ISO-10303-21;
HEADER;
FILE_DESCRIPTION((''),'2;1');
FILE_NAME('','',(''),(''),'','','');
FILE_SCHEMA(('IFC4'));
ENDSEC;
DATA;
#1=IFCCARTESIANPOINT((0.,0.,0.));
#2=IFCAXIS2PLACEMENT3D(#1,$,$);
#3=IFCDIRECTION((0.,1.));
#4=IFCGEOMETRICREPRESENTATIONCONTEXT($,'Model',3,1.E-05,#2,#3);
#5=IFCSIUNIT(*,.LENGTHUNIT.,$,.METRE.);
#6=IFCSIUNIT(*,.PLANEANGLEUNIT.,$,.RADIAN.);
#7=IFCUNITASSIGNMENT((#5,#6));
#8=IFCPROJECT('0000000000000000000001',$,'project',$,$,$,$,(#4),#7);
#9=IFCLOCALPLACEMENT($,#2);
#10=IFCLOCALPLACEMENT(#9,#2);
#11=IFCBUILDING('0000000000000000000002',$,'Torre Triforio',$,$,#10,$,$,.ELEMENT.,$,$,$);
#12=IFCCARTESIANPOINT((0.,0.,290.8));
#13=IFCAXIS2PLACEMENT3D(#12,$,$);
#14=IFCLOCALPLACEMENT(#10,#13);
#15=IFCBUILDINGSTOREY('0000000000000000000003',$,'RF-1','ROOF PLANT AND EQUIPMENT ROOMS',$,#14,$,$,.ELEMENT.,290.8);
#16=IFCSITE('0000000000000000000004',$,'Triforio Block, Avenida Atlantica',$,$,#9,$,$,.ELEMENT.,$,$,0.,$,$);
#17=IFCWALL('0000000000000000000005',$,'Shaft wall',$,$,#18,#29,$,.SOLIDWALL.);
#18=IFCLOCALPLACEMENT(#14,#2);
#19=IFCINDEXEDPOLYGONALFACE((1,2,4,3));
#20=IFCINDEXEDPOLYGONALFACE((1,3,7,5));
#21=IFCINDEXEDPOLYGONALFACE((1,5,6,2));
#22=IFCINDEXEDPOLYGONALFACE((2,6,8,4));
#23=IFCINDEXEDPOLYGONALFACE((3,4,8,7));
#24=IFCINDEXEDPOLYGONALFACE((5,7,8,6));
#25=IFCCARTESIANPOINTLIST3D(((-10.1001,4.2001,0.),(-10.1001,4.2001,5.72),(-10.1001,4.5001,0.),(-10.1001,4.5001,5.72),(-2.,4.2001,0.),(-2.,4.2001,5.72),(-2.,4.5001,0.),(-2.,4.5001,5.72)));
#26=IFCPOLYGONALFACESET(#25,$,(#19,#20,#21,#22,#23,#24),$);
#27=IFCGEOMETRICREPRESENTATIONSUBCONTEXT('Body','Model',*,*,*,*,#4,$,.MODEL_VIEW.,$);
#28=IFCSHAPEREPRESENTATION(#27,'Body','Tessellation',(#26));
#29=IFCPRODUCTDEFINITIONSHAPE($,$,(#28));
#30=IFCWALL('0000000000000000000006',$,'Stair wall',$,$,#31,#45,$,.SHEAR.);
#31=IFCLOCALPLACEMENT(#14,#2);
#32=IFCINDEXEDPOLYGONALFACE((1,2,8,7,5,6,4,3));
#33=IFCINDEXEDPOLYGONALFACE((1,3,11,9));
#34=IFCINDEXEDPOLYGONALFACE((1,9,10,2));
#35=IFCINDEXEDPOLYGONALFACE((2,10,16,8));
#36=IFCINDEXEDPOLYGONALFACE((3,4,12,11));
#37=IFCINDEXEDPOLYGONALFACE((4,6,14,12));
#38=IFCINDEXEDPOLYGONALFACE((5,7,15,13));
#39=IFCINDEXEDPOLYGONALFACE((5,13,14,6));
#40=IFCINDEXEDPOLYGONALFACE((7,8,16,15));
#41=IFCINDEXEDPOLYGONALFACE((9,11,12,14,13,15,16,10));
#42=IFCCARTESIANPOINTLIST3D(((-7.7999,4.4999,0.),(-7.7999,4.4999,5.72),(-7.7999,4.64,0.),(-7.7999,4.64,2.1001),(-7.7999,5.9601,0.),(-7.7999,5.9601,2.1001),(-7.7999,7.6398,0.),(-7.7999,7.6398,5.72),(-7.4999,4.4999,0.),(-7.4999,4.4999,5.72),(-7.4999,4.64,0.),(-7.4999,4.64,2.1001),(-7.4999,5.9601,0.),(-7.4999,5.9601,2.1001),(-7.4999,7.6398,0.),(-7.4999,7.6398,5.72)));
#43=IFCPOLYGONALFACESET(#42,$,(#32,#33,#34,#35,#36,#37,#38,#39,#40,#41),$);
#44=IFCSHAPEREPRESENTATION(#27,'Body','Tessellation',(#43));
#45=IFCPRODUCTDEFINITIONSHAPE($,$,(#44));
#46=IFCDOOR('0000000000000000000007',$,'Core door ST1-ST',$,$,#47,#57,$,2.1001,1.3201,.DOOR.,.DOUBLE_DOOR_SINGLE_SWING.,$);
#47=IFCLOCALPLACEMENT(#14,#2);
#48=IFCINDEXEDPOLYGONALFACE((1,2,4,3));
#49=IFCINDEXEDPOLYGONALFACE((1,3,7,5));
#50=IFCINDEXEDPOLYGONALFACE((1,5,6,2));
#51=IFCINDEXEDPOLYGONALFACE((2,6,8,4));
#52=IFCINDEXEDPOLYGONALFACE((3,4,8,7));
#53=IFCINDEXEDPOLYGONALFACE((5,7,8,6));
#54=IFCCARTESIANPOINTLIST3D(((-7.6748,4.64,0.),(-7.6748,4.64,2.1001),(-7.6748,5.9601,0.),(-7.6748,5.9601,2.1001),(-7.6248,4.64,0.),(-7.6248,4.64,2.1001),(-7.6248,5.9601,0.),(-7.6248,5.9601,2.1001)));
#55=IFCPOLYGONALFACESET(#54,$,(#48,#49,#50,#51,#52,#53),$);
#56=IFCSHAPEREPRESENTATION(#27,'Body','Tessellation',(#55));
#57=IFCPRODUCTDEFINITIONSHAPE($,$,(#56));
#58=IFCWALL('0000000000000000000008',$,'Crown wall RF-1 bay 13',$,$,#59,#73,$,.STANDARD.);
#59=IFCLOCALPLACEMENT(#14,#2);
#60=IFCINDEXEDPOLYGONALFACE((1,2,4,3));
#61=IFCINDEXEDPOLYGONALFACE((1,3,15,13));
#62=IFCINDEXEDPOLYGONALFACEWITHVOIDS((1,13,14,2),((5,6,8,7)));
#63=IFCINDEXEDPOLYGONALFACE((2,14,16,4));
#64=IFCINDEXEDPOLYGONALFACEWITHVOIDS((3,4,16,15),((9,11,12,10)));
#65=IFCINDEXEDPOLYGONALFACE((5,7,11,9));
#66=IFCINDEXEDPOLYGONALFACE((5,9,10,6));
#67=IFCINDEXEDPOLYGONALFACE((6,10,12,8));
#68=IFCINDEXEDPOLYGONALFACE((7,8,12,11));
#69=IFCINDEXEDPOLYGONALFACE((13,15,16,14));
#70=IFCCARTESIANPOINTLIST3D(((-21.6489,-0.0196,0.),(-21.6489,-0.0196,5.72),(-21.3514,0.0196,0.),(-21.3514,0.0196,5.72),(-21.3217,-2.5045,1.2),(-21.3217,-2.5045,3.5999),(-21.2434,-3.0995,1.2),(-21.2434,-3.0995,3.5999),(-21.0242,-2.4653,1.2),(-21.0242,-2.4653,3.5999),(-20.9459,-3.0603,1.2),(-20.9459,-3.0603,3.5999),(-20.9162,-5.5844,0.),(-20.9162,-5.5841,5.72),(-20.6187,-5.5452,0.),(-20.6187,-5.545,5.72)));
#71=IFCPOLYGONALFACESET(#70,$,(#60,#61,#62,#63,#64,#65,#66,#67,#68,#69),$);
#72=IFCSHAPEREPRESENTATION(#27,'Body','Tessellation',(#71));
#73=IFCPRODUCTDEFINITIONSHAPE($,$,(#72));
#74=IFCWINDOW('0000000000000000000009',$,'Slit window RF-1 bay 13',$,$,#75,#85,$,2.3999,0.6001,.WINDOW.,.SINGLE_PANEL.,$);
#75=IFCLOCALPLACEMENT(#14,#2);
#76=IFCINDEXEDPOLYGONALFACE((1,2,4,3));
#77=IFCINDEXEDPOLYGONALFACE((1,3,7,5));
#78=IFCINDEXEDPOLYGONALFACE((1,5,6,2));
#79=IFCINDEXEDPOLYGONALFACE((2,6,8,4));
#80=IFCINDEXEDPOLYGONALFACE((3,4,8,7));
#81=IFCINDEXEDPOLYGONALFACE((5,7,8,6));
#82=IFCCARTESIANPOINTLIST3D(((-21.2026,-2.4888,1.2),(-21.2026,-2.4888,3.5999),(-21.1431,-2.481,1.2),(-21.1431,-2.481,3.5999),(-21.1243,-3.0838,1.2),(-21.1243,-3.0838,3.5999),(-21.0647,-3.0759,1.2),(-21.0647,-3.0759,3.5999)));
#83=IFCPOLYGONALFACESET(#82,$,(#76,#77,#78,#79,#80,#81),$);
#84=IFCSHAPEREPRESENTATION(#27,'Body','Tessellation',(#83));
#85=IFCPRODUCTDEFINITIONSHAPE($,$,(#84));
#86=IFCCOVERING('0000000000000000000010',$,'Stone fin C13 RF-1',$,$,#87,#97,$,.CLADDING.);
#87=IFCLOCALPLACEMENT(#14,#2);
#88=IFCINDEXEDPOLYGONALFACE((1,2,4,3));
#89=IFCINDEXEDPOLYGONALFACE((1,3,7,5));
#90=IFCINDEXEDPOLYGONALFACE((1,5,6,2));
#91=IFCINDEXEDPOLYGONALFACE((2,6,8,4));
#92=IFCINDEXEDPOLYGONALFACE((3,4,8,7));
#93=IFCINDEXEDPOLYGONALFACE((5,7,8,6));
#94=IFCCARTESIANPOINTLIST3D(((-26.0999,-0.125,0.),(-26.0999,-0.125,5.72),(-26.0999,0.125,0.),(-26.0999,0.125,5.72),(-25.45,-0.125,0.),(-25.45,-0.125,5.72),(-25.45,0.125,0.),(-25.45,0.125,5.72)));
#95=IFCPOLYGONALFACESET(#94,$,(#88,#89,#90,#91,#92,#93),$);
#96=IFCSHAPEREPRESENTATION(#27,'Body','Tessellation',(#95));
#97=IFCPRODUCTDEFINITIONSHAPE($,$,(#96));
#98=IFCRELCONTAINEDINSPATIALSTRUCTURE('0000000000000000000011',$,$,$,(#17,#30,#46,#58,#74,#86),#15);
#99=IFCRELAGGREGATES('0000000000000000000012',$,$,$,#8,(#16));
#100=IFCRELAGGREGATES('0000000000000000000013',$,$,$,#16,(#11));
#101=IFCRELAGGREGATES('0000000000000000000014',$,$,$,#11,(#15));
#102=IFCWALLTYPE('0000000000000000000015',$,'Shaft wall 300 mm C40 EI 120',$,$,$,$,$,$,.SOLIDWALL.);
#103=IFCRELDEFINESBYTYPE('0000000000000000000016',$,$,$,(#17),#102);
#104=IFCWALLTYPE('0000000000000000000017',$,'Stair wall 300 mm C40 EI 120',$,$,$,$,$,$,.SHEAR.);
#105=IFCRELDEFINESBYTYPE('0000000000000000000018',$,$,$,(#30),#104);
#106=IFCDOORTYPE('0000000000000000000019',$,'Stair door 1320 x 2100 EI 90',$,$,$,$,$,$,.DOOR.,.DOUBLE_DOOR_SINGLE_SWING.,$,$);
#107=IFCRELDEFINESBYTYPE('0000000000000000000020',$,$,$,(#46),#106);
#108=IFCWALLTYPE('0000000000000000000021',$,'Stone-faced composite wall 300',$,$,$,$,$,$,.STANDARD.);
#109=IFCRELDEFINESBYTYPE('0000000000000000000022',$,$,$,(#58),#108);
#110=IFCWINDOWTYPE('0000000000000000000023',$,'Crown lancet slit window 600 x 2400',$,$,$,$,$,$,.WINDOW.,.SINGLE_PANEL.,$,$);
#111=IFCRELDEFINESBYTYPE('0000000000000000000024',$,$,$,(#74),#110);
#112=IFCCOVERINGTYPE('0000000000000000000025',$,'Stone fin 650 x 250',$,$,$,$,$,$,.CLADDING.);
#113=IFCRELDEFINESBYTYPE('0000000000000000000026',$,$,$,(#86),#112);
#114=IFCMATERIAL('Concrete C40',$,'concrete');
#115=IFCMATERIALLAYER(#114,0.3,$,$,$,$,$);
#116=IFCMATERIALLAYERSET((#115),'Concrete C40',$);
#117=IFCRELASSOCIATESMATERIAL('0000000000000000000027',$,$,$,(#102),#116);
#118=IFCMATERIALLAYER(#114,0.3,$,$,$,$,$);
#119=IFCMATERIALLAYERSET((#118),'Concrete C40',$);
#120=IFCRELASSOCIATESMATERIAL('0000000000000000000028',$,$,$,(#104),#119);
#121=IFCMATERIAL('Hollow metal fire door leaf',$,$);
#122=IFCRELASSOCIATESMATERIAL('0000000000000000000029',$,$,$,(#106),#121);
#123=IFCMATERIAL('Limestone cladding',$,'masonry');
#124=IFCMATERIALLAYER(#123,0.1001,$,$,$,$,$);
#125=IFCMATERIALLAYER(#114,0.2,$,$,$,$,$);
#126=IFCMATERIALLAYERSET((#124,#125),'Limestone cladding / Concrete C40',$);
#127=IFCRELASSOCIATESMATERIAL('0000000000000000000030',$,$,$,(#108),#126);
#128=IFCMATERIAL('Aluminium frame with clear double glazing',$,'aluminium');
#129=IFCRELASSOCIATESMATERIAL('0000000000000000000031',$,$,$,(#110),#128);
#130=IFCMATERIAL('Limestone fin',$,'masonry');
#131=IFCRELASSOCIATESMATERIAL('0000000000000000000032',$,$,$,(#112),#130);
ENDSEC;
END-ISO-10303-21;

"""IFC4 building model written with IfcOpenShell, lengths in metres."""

from ifc_helpers import new_model, si_unit, direction, frame, frame_2d, origin, origin_2d, place, context, subcontext, project, spatial, polyline, rectangle, outline, extrude, material, layer, layer_set, material_profile, profile_set, type_object, element, fill, save


model = new_model("IFC4")

# Units and contexts
model_context = context("Model", 3, precision=1e-05, world=origin(), true_north=direction((0.0, 1.0)))
body_context = subcontext(model_context, "Body", "Model", "MODEL_VIEW")
ifc_project = project(units=[si_unit("LENGTHUNIT", "METRE"), si_unit("PLANEANGLEUNIT", "RADIAN")], contexts=[model_context])

# Site, building, storey
site_placement = place(None, origin())
site = spatial("IfcSite", under=ifc_project, at=site_placement, Name="Triforio Block, Avenida Atlantica", CompositionType="ELEMENT", RefElevation=0.0)
building_placement = place(site_placement, origin())
building = spatial("IfcBuilding", under=site, at=building_placement, Name="Torre Triforio", CompositionType="ELEMENT")
storey_placement = place(building_placement, frame((0.0, 0.0, 290.8)))
storey = spatial("IfcBuildingStorey", under=building, at=storey_placement, Name="RF-1", Description="ROOF PLANT AND EQUIPMENT ROOMS", CompositionType="ELEMENT", Elevation=290.8)

# Shared definitions
ifc_material_1 = material(Name="Concrete C40", Category="concrete")

# Shared definitions
ifc_material_2 = material(Name="Hollow metal fire door leaf")

# Wall
ifc_layer_1 = layer(ifc_material_1, 0.3)
ifc_layer_set_1 = layer_set([ifc_layer_1], Name="Concrete C40")
wall_type_1 = type_object("IfcWallType", Name="Shaft wall 300 mm C40 EI 120", PredefinedType="SOLIDWALL", material=ifc_layer_set_1)
wall_1_placement = place(storey_placement, frame((-10.1001, 4.3501, 0.0), z_axis=(0.0, 0.0, 1.0), x_axis=(1.0, 0.0, 0.0)))
element("IfcWall", 1, at=wall_1_placement, inside=storey, type_object=wall_type_1, Name="Shaft wall", PredefinedType="SOLIDWALL", context=body_context, shape_type="SweptSolid", body=[
    extrude(rectangle(XDim=8.1001, YDim=0.3, at=frame_2d((4.05, 0.0))), origin(), (0.0, 0.0, 1.0), 5.72),
])

# Wall, opening, door
ifc_layer_2 = layer(ifc_material_1, 0.3)
ifc_layer_set_2 = layer_set([ifc_layer_2], Name="Concrete C40")
wall_type_2 = type_object("IfcWallType", Name="Stair wall 300 mm C40 EI 120", PredefinedType="SHEAR", material=ifc_layer_set_2)
wall_2_placement = place(storey_placement, frame((-7.6499, 4.5, 0.0), z_axis=(0.0, 0.0, 1.0), x_axis=(0.0, 1.0, 0.0)))
wall_2 = element("IfcWall", 2, at=wall_2_placement, inside=storey, type_object=wall_type_2, Name="Stair wall", PredefinedType="SHEAR", context=body_context, shape_type="SweptSolid", body=[
    extrude(rectangle(XDim=3.1399, YDim=0.3, at=frame_2d((1.5698, 0.0))), origin(), (0.0, 0.0, 1.0), 5.72),
])
opening_1_placement = place(wall_2_placement, frame((0.1399, 0.0, 0.0)))
opening_1 = element("IfcOpeningElement", 3, at=opening_1_placement, cuts=wall_2, PredefinedType="OPENING", context=body_context, shape_type="SweptSolid", body=[
    extrude(rectangle(XDim=1.3201, YDim=2.1001, at=frame_2d((0.6602, 1.05))), frame((0.0, 0.1599, 0.0), z_axis=(0.0, -1.0, 0.0), x_axis=(1.0, 0.0, 0.0)), (0.0, 0.0, 1.0), 0.3201),
])
door_type_1 = type_object("IfcDoorType", Name="Stair door 1320 x 2100 EI 90", OperationType="DOUBLE_DOOR_SINGLE_SWING", PredefinedType="DOOR", material=ifc_material_2)
door_1_placement = place(opening_1_placement, origin())
door_1 = element("IfcDoor", 4, at=door_1_placement, inside=storey, type_object=door_type_1, Name="Core door ST1-ST", OperationType="DOUBLE_DOOR_SINGLE_SWING", OverallHeight=2.1001, OverallWidth=1.3201, PredefinedType="DOOR", context=body_context, shape_type="SweptSolid", body=[
    extrude(rectangle(XDim=1.3201, YDim=2.1001, at=frame_2d((0.6602, 1.05))), frame((0.0, 0.0249, 0.0), z_axis=(0.0, -1.0, 0.0), x_axis=(1.0, 0.0, 0.0)), (0.0, 0.0, 1.0), 0.05),
])
fill(opening_1, door_1)

# Wall, opening, window
ifc_material_3 = material(Name="Limestone cladding", Category="masonry")
ifc_layer_3 = layer(ifc_material_3, 0.1001)
ifc_layer_4 = layer(ifc_material_1, 0.2)
ifc_layer_set_3 = layer_set([ifc_layer_3, ifc_layer_4], Name="Limestone cladding / Concrete C40")
wall_type_3 = type_object("IfcWallType", Name="Stone-faced composite wall 300", PredefinedType="STANDARD", material=ifc_layer_set_3)
wall_3_placement = place(storey_placement, frame((-21.5, 0.0, 0.0), z_axis=(0.0, 0.0, 1.0), x_axis=(0.130537, -0.991443, 0.0)))
wall_3 = element("IfcWall", 5, at=wall_3_placement, inside=storey, type_object=wall_type_3, Name="Crown wall RF-1 bay 13", PredefinedType="STANDARD", context=body_context, shape_type="SweptSolid", body=[
    extrude(outline(polyline([(0.0, 0.0), (5.6128, 0.0), (5.6125, 5.72), (0.0, 5.72), (0.0, 0.0)])), frame((0.0, 0.1499, 0.0), z_axis=(0.0, -1.0, 0.0), x_axis=(1.0, 0.0, 0.0)), (0.0, 0.0, 1.0), 0.3),
])
opening_2_placement = place(wall_3_placement, frame((2.5063, 0.0, 1.2)))
opening_2 = element("IfcOpeningElement", 6, at=opening_2_placement, cuts=wall_3, PredefinedType="OPENING", context=body_context, shape_type="SweptSolid", body=[
    extrude(rectangle(XDim=0.6001, YDim=2.3999, at=frame_2d((0.3, 1.2))), frame((0.0, 0.1599, 0.0), z_axis=(0.0, -1.0, 0.0), x_axis=(1.0, 0.0, 0.0)), (0.0, 0.0, 1.0), 0.3201),
])
ifc_material_4 = material(Name="Aluminium frame with clear double glazing", Category="aluminium")
window_type = type_object("IfcWindowType", Name="Crown lancet slit window 600 x 2400", PartitioningType="SINGLE_PANEL", PredefinedType="WINDOW", material=ifc_material_4)
window_placement = place(opening_2_placement, origin())
window = element("IfcWindow", 7, at=window_placement, inside=storey, type_object=window_type, Name="Slit window RF-1 bay 13", OverallHeight=2.3999, OverallWidth=0.6001, PartitioningType="SINGLE_PANEL", PredefinedType="WINDOW", context=body_context, shape_type="SweptSolid", body=[
    extrude(rectangle(XDim=0.6001, YDim=2.3999, at=frame_2d((0.3, 1.2))), frame((0.0, 0.03, 0.0), z_axis=(0.0, -1.0, 0.0), x_axis=(1.0, 0.0, 0.0)), (0.0, 0.0, 1.0), 0.0601),
])
fill(opening_2, window)

# Covering
ifc_material_5 = material(Name="Limestone fin", Category="masonry")
ifc_material_profile_1 = material_profile(ifc_material_5, rectangle(XDim=0.6499, YDim=0.25, at=origin_2d()), Name="FIN 650x250")
ifc_profile_set_1 = profile_set([ifc_material_profile_1], Name="Limestone fin")
covering_type = type_object("IfcCoveringType", Name="Stone fin 650 x 250", PredefinedType="CLADDING", material=ifc_profile_set_1)
covering_placement = place(storey_placement, frame((-25.7749, 0.0, 0.0), z_axis=(0.0, 0.0, 1.0), x_axis=(-1.0, 0.0, 0.0)))
element("IfcCovering", 8, at=covering_placement, inside=storey, type_object=covering_type, Name="Stone fin C13 RF-1", PredefinedType="CLADDING", context=body_context, shape_type="SweptSolid", body=[
    extrude(rectangle(XDim=0.6499, YDim=0.25, at=origin_2d()), origin(), (0.0, 0.0, 1.0), 5.72),
])

save(model, "model.ifc")
